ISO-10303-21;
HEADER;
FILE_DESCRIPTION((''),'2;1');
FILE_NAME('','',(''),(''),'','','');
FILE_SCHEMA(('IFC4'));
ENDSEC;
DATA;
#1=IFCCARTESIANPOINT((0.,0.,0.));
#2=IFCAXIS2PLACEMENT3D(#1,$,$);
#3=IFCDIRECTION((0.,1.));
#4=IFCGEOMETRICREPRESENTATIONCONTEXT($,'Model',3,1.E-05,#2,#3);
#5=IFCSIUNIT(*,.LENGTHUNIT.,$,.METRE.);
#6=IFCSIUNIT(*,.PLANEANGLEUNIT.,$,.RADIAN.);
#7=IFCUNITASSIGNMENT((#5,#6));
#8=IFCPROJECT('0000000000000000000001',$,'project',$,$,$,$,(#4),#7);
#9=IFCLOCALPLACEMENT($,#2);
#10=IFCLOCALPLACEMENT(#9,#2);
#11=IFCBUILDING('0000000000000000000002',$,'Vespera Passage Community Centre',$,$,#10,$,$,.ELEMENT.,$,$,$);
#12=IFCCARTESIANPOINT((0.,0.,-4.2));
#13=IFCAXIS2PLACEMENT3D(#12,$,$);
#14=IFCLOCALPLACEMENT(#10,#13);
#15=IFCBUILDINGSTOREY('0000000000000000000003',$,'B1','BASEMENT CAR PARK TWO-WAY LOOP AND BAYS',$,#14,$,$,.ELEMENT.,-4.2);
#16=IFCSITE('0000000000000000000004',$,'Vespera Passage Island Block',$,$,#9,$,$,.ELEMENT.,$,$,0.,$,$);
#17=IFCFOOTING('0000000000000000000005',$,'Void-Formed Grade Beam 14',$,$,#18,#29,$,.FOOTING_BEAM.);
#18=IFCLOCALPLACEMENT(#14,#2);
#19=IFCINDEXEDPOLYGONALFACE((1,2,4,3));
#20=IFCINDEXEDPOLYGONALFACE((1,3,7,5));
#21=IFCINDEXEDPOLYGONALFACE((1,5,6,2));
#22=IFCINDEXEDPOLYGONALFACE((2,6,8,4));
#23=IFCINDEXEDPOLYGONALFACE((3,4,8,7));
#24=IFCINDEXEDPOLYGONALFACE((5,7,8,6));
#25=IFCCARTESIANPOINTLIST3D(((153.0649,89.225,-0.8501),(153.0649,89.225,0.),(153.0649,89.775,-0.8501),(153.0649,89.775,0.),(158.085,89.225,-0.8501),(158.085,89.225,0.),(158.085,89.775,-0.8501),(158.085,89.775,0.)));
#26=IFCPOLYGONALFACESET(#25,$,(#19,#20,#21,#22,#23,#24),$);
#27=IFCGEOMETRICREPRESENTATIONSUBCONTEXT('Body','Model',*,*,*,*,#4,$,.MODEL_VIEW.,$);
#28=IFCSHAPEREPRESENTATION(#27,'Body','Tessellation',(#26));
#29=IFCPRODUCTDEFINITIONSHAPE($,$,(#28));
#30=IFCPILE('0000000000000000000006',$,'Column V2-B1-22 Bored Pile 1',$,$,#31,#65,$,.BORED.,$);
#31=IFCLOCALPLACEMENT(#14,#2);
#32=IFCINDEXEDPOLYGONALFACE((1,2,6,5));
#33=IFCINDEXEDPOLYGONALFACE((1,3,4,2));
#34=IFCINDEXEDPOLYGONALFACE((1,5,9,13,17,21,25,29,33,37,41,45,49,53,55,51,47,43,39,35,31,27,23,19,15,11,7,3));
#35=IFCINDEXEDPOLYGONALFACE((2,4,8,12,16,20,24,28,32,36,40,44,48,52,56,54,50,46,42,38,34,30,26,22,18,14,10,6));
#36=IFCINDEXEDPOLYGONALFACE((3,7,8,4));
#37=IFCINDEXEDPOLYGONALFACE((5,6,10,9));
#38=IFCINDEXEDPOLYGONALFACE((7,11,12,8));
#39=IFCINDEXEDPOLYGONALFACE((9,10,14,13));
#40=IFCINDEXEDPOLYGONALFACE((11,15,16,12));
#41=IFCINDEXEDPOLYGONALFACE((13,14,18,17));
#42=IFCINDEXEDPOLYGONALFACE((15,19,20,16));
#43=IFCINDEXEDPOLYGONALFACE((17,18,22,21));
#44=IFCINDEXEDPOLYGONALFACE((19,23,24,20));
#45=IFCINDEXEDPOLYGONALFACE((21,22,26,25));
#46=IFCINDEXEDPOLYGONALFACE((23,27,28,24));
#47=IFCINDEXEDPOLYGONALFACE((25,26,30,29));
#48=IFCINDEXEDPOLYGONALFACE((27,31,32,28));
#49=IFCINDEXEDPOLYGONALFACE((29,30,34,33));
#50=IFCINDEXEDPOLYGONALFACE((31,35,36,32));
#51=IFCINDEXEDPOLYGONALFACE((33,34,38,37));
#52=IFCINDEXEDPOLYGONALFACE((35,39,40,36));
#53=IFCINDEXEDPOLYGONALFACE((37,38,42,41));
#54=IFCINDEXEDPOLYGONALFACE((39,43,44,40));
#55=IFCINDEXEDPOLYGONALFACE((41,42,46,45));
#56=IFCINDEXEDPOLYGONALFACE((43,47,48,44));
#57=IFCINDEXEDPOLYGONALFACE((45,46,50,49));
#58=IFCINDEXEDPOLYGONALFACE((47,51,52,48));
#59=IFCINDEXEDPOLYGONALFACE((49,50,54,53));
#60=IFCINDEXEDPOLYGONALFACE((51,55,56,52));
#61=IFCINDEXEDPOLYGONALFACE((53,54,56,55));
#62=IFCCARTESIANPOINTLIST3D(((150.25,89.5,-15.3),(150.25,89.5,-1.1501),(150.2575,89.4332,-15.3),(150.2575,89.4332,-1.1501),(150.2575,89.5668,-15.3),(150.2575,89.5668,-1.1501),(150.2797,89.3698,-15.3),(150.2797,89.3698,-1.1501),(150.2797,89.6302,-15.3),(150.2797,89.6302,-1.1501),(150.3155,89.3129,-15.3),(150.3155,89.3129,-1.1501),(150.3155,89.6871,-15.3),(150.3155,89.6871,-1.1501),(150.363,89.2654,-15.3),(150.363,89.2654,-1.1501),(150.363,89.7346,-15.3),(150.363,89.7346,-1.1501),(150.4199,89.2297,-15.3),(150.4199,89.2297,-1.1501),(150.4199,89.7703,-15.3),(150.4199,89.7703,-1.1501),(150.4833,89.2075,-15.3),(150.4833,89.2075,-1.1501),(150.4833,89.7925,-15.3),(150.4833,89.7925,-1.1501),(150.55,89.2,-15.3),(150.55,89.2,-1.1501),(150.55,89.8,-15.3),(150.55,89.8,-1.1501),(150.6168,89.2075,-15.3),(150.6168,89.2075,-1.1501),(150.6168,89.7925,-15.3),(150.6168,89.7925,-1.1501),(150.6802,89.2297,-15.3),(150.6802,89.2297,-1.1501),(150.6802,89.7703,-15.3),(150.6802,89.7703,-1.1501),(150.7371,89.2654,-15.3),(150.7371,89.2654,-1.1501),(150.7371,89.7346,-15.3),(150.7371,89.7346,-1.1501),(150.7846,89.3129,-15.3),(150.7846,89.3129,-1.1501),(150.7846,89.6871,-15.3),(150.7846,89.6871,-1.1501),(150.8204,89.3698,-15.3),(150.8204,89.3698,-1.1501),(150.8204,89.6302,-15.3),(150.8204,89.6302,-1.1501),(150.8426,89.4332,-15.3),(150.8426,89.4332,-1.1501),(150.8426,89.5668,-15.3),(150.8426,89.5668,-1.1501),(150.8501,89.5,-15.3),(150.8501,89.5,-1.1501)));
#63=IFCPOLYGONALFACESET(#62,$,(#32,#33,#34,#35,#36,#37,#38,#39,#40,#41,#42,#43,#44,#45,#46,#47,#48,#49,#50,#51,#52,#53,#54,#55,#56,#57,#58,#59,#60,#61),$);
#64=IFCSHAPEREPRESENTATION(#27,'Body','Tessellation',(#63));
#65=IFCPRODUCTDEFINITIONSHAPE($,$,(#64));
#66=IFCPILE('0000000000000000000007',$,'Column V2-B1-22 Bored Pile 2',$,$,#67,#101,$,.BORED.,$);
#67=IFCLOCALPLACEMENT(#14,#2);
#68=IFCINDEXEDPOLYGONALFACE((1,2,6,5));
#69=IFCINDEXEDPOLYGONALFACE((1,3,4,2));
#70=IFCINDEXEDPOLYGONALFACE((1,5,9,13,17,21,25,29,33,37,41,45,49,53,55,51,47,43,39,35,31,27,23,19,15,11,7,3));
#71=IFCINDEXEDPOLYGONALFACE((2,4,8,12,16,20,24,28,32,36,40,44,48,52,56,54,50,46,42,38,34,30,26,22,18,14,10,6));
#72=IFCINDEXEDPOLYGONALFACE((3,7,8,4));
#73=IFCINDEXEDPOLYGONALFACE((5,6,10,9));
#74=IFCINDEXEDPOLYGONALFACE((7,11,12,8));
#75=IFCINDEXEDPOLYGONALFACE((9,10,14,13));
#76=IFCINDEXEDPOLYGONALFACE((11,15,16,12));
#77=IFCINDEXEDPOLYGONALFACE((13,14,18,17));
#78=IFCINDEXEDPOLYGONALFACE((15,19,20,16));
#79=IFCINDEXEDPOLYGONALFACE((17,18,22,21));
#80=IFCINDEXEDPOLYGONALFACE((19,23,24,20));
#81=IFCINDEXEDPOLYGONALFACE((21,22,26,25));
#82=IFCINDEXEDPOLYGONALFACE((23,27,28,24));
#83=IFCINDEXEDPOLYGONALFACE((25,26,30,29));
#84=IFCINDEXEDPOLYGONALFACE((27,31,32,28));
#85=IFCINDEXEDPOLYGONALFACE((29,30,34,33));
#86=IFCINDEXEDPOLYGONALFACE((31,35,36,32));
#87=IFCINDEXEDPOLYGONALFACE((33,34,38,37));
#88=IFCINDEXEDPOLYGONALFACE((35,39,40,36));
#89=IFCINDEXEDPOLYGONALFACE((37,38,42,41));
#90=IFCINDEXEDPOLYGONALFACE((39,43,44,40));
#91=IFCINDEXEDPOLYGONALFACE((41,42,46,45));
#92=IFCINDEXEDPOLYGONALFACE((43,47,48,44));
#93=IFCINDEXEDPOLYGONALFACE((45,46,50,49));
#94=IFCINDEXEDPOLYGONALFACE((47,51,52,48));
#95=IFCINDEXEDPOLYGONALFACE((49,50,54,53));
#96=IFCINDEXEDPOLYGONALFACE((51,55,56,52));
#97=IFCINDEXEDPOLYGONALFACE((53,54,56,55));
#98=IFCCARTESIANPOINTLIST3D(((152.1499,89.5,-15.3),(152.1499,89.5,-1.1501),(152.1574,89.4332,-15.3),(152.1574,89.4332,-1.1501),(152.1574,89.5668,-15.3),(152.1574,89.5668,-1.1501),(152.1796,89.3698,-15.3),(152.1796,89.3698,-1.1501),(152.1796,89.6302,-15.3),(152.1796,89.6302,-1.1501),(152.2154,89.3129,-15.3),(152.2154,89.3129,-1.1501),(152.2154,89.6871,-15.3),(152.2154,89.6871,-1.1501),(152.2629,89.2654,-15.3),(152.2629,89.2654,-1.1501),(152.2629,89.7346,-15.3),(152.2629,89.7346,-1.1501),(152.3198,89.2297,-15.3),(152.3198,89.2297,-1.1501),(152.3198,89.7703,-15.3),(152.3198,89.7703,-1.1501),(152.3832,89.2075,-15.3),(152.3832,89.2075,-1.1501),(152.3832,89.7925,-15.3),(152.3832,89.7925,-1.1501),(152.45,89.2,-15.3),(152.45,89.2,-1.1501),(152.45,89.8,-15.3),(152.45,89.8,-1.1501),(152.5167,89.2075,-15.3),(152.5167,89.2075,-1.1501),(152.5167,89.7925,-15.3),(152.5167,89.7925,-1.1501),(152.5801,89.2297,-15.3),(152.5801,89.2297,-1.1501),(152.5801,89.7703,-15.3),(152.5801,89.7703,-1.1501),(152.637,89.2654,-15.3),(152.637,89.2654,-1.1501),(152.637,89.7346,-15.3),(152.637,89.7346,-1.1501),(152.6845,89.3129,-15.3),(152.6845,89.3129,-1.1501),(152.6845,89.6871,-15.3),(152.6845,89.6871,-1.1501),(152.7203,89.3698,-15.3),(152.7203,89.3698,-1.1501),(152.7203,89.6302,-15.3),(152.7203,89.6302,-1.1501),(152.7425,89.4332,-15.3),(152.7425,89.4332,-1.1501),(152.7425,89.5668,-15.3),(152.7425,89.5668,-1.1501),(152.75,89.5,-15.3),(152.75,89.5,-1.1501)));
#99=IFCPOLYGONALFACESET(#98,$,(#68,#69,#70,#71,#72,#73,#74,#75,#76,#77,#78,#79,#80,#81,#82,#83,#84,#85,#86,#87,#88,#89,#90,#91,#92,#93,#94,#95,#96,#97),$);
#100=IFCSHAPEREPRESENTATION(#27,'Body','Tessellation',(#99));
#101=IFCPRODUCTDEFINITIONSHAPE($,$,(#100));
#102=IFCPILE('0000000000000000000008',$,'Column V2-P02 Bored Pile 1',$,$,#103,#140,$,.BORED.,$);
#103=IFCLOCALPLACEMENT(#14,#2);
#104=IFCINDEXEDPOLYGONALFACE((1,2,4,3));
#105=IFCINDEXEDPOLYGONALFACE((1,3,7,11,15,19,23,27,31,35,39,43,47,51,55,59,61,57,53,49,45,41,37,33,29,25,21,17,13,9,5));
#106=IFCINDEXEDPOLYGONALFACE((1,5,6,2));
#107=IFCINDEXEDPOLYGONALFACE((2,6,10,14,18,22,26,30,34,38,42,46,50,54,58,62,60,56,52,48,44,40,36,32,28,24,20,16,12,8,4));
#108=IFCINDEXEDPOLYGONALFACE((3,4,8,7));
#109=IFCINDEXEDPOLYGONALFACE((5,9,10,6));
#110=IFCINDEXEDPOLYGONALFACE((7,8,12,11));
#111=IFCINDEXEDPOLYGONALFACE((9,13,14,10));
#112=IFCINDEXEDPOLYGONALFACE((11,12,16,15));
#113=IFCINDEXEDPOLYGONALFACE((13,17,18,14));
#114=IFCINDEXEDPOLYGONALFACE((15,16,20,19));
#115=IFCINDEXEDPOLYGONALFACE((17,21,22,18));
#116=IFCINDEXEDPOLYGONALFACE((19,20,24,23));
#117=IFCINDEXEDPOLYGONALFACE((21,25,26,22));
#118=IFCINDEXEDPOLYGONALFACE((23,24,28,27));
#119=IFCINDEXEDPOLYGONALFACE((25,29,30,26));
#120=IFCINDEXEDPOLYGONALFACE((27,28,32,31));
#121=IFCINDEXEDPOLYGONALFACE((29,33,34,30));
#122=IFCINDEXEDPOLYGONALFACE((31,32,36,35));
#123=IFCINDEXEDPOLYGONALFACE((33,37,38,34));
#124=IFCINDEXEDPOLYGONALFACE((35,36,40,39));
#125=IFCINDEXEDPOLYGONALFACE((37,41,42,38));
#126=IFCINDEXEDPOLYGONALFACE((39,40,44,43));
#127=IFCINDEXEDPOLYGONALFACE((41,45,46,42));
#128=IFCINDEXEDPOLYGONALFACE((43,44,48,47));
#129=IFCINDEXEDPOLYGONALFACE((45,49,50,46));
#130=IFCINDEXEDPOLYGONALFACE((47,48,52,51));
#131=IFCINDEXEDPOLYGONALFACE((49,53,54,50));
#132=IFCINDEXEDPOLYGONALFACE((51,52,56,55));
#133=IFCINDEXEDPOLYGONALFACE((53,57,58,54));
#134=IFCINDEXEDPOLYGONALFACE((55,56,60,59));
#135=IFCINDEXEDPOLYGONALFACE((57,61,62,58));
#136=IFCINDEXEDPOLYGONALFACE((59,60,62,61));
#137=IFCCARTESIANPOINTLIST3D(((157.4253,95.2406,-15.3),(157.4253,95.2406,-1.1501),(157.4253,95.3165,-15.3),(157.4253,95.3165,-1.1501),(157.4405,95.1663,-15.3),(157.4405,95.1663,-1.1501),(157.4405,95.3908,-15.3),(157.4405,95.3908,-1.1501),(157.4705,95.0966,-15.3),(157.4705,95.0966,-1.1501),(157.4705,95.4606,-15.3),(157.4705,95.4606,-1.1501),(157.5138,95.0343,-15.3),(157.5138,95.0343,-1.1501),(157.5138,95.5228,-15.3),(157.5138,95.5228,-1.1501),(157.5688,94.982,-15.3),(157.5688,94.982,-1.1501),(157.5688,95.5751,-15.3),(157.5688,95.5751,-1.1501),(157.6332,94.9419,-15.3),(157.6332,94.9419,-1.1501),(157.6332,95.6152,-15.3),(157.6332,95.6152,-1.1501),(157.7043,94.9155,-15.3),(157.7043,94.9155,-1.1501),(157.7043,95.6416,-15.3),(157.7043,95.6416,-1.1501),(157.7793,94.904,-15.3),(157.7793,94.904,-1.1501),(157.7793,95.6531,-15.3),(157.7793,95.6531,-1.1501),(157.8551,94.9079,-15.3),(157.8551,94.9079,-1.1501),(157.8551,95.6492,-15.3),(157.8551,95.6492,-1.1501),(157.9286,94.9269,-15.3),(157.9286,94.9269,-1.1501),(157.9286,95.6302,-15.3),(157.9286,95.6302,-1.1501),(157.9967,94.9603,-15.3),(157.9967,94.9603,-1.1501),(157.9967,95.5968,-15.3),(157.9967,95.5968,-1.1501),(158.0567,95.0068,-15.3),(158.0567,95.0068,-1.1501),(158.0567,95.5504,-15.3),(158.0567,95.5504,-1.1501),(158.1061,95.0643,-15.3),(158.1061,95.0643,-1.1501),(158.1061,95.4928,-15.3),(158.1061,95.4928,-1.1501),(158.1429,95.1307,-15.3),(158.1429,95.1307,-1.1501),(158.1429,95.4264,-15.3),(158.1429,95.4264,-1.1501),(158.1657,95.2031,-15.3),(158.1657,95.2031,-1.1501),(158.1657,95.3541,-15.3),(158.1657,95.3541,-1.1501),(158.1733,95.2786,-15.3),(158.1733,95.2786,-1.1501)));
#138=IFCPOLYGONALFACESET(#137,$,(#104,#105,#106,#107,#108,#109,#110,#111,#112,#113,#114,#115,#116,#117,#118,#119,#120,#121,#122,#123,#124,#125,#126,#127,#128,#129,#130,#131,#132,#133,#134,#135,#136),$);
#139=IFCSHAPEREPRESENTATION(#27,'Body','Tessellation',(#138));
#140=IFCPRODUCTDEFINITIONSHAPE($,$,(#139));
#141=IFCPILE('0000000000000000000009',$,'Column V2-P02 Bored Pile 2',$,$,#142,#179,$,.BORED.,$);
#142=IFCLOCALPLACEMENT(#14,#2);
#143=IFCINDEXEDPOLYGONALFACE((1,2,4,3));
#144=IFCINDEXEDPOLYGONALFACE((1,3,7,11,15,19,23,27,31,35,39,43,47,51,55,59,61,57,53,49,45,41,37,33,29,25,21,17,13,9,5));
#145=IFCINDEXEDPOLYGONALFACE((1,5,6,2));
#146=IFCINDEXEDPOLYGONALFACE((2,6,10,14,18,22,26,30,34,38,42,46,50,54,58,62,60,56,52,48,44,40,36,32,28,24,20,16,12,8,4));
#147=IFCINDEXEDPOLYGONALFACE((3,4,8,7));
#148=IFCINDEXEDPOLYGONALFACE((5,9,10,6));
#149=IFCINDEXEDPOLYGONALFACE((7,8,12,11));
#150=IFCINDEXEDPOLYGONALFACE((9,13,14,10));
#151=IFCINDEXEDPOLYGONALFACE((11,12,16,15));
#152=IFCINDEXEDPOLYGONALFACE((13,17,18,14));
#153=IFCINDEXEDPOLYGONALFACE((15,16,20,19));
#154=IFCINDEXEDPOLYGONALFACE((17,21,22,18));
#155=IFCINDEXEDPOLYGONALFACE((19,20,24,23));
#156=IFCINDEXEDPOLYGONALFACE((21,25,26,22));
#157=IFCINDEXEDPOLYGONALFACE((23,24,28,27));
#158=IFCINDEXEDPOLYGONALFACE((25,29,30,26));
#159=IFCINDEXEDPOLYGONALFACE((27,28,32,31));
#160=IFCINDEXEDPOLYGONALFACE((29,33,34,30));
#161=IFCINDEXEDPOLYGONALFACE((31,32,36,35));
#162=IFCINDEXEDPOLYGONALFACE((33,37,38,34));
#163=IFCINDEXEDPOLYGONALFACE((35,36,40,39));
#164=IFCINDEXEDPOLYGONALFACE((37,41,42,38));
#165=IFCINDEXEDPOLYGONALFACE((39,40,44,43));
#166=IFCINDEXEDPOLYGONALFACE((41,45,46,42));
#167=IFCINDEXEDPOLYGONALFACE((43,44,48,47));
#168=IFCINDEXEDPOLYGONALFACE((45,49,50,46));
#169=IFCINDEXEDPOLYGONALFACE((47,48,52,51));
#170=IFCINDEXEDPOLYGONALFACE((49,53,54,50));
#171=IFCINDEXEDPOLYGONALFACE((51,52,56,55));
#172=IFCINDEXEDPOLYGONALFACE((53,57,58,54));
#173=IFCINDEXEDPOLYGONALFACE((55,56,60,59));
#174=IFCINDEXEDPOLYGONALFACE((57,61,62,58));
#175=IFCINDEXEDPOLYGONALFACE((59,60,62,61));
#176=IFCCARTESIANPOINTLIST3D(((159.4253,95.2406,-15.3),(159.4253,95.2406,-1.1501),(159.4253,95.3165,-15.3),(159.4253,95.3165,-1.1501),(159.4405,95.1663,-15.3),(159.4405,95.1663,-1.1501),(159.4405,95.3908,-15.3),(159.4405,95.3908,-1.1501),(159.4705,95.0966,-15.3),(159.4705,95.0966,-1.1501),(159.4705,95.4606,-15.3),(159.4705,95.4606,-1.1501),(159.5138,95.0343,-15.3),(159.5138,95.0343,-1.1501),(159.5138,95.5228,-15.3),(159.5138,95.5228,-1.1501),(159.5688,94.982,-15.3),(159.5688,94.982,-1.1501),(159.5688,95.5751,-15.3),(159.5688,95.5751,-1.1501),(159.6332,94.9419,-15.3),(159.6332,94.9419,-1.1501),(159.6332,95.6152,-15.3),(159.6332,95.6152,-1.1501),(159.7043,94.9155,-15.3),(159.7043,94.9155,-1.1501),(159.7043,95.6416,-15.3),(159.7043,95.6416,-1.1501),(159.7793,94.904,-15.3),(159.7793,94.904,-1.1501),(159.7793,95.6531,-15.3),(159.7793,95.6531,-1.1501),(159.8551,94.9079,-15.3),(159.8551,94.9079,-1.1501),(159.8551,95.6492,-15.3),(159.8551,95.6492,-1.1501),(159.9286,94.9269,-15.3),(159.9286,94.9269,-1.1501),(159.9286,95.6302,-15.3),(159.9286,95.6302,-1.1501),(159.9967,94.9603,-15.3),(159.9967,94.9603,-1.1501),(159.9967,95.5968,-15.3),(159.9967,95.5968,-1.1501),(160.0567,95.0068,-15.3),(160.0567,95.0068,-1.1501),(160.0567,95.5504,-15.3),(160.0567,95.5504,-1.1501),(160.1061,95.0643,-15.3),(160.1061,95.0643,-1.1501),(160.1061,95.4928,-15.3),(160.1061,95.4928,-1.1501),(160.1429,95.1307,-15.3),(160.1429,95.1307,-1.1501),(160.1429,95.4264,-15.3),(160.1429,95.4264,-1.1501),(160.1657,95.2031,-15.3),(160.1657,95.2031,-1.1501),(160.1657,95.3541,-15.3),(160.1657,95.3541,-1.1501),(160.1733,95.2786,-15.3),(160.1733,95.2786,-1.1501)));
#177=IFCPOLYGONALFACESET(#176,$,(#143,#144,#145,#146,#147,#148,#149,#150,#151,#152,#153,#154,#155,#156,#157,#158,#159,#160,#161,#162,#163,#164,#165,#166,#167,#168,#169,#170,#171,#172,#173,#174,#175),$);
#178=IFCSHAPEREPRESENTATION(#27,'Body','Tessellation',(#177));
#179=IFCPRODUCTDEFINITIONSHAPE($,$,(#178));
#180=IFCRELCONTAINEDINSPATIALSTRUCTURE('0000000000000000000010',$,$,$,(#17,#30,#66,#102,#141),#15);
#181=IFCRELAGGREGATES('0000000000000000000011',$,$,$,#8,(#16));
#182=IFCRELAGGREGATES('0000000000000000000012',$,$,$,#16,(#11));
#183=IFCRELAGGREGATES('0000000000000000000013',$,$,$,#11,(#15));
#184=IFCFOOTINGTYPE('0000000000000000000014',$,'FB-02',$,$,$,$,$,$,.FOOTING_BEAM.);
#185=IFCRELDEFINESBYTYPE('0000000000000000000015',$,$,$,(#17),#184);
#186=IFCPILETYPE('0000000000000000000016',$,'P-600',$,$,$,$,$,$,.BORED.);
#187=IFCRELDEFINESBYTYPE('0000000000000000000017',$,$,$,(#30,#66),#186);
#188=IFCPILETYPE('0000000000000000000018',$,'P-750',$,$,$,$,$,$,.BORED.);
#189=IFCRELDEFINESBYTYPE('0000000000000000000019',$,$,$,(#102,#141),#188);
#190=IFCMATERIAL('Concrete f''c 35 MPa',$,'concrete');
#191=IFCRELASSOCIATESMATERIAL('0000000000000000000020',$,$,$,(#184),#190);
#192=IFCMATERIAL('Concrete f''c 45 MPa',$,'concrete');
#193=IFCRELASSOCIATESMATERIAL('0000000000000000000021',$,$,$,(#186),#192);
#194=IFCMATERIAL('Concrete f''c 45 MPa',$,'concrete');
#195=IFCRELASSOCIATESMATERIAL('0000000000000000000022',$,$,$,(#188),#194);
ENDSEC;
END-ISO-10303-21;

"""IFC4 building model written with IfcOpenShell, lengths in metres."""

from ifc_helpers import new_model, si_unit, direction, frame, origin, origin_2d, place, context, subcontext, project, spatial, rectangle, circle, extrude, material, material_profile, profile_set, type_object, element, save


model = new_model("IFC4")

# Units and contexts
model_context = context("Model", 3, precision=1e-05, world=origin(), true_north=direction((0.0, 1.0)))
body_context = subcontext(model_context, "Body", "Model", "MODEL_VIEW")
ifc_project = project(units=[si_unit("LENGTHUNIT", "METRE"), si_unit("PLANEANGLEUNIT", "RADIAN")], contexts=[model_context])

# Site, building, storey
site_placement = place(None, origin())
site = spatial("IfcSite", under=ifc_project, at=site_placement, Name="Vespera Passage Island Block", CompositionType="ELEMENT", RefElevation=0.0)
building_placement = place(site_placement, origin())
building = spatial("IfcBuilding", under=site, at=building_placement, Name="Vespera Passage Community Centre", CompositionType="ELEMENT")
storey_placement = place(building_placement, frame((0.0, 0.0, -4.2)))
storey = spatial("IfcBuildingStorey", under=building, at=storey_placement, Name="B1", Description="BASEMENT CAR PARK TWO-WAY LOOP AND BAYS", CompositionType="ELEMENT", Elevation=-4.2)

# Footing
ifc_material_1 = material(Name="Concrete f'c 35 MPa", Category="concrete")
footing_type_1 = type_object("IfcFootingType", Name="FB-02", PredefinedType="FOOTING_BEAM", material=ifc_material_1)
footing_1_placement = place(storey_placement, frame((155.575, 89.5, -0.8501), z_axis=(0.0, 0.0, 1.0), x_axis=(1.0, 0.0, 0.0)))
element("IfcFooting", 1, at=footing_1_placement, inside=storey, type_object=footing_type_1, Name="Void-Formed Grade Beam 14", PredefinedType="FOOTING_BEAM", context=body_context, shape_type="SweptSolid", body=[
    extrude(rectangle(XDim=5.02, YDim=0.55, at=origin_2d()), origin(), (0.0, 0.0, 1.0), 0.8501),
])

# Piles
ifc_material_2 = material(Name="Concrete f'c 45 MPa", Category="concrete")
ifc_material_profile_1 = material_profile(ifc_material_2, circle(Radius=0.3, at=origin_2d()), Name="PILE600DIA")
ifc_profile_set_1 = profile_set([ifc_material_profile_1], Name="Concrete f'c 45 MPa")
pile_type_1 = type_object("IfcPileType", Name="P-600", PredefinedType="BORED", material=ifc_profile_set_1)
for number, where, z_axis, x_axis, name in (
    (2, (150.55, 89.5, -1.1501), (0.0, 0.0, -1.0), (1.0, 0.0, 0.0), "Column V2-B1-22 Bored Pile 1"),
    (3, (152.45, 89.5, -1.1501), (0.0, 0.0, -1.0), (1.0, 0.0, 0.0), "Column V2-B1-22 Bored Pile 2"),
):
    element("IfcPile", number, at=place(storey_placement, frame(where, z_axis=z_axis, x_axis=x_axis)), inside=storey, type_object=pile_type_1, Name=name, PredefinedType="BORED", context=body_context, shape_type="SweptSolid", body=[
        extrude(circle(Radius=0.3, at=origin_2d()), origin(), (0.0, 0.0, 1.0), 14.1499),
    ])
ifc_material_3 = material(Name="Concrete f'c 45 MPa", Category="concrete")
ifc_material_profile_2 = material_profile(ifc_material_3, circle(Radius=0.375, at=origin_2d()), Name="PILE750DIA")
ifc_profile_set_2 = profile_set([ifc_material_profile_2], Name="Concrete f'c 45 MPa")
pile_type_2 = type_object("IfcPileType", Name="P-750", PredefinedType="BORED", material=ifc_profile_set_2)
for number, where, z_axis, x_axis, name in (
    (4, (157.7983, 95.2786, -1.1501), (0.0, 0.0, -1.0), (1.0, 0.0, 0.0), "Column V2-P02 Bored Pile 1"),
    (5, (159.7983, 95.2786, -1.1501), (0.0, 0.0, -1.0), (1.0, 0.0, 0.0), "Column V2-P02 Bored Pile 2"),
):
    element("IfcPile", number, at=place(storey_placement, frame(where, z_axis=z_axis, x_axis=x_axis)), inside=storey, type_object=pile_type_2, Name=name, PredefinedType="BORED", context=body_context, shape_type="SweptSolid", body=[
        extrude(circle(Radius=0.375, at=origin_2d()), origin(), (0.0, 0.0, 1.0), 14.1499),
    ])

save(model, "model.ifc")
